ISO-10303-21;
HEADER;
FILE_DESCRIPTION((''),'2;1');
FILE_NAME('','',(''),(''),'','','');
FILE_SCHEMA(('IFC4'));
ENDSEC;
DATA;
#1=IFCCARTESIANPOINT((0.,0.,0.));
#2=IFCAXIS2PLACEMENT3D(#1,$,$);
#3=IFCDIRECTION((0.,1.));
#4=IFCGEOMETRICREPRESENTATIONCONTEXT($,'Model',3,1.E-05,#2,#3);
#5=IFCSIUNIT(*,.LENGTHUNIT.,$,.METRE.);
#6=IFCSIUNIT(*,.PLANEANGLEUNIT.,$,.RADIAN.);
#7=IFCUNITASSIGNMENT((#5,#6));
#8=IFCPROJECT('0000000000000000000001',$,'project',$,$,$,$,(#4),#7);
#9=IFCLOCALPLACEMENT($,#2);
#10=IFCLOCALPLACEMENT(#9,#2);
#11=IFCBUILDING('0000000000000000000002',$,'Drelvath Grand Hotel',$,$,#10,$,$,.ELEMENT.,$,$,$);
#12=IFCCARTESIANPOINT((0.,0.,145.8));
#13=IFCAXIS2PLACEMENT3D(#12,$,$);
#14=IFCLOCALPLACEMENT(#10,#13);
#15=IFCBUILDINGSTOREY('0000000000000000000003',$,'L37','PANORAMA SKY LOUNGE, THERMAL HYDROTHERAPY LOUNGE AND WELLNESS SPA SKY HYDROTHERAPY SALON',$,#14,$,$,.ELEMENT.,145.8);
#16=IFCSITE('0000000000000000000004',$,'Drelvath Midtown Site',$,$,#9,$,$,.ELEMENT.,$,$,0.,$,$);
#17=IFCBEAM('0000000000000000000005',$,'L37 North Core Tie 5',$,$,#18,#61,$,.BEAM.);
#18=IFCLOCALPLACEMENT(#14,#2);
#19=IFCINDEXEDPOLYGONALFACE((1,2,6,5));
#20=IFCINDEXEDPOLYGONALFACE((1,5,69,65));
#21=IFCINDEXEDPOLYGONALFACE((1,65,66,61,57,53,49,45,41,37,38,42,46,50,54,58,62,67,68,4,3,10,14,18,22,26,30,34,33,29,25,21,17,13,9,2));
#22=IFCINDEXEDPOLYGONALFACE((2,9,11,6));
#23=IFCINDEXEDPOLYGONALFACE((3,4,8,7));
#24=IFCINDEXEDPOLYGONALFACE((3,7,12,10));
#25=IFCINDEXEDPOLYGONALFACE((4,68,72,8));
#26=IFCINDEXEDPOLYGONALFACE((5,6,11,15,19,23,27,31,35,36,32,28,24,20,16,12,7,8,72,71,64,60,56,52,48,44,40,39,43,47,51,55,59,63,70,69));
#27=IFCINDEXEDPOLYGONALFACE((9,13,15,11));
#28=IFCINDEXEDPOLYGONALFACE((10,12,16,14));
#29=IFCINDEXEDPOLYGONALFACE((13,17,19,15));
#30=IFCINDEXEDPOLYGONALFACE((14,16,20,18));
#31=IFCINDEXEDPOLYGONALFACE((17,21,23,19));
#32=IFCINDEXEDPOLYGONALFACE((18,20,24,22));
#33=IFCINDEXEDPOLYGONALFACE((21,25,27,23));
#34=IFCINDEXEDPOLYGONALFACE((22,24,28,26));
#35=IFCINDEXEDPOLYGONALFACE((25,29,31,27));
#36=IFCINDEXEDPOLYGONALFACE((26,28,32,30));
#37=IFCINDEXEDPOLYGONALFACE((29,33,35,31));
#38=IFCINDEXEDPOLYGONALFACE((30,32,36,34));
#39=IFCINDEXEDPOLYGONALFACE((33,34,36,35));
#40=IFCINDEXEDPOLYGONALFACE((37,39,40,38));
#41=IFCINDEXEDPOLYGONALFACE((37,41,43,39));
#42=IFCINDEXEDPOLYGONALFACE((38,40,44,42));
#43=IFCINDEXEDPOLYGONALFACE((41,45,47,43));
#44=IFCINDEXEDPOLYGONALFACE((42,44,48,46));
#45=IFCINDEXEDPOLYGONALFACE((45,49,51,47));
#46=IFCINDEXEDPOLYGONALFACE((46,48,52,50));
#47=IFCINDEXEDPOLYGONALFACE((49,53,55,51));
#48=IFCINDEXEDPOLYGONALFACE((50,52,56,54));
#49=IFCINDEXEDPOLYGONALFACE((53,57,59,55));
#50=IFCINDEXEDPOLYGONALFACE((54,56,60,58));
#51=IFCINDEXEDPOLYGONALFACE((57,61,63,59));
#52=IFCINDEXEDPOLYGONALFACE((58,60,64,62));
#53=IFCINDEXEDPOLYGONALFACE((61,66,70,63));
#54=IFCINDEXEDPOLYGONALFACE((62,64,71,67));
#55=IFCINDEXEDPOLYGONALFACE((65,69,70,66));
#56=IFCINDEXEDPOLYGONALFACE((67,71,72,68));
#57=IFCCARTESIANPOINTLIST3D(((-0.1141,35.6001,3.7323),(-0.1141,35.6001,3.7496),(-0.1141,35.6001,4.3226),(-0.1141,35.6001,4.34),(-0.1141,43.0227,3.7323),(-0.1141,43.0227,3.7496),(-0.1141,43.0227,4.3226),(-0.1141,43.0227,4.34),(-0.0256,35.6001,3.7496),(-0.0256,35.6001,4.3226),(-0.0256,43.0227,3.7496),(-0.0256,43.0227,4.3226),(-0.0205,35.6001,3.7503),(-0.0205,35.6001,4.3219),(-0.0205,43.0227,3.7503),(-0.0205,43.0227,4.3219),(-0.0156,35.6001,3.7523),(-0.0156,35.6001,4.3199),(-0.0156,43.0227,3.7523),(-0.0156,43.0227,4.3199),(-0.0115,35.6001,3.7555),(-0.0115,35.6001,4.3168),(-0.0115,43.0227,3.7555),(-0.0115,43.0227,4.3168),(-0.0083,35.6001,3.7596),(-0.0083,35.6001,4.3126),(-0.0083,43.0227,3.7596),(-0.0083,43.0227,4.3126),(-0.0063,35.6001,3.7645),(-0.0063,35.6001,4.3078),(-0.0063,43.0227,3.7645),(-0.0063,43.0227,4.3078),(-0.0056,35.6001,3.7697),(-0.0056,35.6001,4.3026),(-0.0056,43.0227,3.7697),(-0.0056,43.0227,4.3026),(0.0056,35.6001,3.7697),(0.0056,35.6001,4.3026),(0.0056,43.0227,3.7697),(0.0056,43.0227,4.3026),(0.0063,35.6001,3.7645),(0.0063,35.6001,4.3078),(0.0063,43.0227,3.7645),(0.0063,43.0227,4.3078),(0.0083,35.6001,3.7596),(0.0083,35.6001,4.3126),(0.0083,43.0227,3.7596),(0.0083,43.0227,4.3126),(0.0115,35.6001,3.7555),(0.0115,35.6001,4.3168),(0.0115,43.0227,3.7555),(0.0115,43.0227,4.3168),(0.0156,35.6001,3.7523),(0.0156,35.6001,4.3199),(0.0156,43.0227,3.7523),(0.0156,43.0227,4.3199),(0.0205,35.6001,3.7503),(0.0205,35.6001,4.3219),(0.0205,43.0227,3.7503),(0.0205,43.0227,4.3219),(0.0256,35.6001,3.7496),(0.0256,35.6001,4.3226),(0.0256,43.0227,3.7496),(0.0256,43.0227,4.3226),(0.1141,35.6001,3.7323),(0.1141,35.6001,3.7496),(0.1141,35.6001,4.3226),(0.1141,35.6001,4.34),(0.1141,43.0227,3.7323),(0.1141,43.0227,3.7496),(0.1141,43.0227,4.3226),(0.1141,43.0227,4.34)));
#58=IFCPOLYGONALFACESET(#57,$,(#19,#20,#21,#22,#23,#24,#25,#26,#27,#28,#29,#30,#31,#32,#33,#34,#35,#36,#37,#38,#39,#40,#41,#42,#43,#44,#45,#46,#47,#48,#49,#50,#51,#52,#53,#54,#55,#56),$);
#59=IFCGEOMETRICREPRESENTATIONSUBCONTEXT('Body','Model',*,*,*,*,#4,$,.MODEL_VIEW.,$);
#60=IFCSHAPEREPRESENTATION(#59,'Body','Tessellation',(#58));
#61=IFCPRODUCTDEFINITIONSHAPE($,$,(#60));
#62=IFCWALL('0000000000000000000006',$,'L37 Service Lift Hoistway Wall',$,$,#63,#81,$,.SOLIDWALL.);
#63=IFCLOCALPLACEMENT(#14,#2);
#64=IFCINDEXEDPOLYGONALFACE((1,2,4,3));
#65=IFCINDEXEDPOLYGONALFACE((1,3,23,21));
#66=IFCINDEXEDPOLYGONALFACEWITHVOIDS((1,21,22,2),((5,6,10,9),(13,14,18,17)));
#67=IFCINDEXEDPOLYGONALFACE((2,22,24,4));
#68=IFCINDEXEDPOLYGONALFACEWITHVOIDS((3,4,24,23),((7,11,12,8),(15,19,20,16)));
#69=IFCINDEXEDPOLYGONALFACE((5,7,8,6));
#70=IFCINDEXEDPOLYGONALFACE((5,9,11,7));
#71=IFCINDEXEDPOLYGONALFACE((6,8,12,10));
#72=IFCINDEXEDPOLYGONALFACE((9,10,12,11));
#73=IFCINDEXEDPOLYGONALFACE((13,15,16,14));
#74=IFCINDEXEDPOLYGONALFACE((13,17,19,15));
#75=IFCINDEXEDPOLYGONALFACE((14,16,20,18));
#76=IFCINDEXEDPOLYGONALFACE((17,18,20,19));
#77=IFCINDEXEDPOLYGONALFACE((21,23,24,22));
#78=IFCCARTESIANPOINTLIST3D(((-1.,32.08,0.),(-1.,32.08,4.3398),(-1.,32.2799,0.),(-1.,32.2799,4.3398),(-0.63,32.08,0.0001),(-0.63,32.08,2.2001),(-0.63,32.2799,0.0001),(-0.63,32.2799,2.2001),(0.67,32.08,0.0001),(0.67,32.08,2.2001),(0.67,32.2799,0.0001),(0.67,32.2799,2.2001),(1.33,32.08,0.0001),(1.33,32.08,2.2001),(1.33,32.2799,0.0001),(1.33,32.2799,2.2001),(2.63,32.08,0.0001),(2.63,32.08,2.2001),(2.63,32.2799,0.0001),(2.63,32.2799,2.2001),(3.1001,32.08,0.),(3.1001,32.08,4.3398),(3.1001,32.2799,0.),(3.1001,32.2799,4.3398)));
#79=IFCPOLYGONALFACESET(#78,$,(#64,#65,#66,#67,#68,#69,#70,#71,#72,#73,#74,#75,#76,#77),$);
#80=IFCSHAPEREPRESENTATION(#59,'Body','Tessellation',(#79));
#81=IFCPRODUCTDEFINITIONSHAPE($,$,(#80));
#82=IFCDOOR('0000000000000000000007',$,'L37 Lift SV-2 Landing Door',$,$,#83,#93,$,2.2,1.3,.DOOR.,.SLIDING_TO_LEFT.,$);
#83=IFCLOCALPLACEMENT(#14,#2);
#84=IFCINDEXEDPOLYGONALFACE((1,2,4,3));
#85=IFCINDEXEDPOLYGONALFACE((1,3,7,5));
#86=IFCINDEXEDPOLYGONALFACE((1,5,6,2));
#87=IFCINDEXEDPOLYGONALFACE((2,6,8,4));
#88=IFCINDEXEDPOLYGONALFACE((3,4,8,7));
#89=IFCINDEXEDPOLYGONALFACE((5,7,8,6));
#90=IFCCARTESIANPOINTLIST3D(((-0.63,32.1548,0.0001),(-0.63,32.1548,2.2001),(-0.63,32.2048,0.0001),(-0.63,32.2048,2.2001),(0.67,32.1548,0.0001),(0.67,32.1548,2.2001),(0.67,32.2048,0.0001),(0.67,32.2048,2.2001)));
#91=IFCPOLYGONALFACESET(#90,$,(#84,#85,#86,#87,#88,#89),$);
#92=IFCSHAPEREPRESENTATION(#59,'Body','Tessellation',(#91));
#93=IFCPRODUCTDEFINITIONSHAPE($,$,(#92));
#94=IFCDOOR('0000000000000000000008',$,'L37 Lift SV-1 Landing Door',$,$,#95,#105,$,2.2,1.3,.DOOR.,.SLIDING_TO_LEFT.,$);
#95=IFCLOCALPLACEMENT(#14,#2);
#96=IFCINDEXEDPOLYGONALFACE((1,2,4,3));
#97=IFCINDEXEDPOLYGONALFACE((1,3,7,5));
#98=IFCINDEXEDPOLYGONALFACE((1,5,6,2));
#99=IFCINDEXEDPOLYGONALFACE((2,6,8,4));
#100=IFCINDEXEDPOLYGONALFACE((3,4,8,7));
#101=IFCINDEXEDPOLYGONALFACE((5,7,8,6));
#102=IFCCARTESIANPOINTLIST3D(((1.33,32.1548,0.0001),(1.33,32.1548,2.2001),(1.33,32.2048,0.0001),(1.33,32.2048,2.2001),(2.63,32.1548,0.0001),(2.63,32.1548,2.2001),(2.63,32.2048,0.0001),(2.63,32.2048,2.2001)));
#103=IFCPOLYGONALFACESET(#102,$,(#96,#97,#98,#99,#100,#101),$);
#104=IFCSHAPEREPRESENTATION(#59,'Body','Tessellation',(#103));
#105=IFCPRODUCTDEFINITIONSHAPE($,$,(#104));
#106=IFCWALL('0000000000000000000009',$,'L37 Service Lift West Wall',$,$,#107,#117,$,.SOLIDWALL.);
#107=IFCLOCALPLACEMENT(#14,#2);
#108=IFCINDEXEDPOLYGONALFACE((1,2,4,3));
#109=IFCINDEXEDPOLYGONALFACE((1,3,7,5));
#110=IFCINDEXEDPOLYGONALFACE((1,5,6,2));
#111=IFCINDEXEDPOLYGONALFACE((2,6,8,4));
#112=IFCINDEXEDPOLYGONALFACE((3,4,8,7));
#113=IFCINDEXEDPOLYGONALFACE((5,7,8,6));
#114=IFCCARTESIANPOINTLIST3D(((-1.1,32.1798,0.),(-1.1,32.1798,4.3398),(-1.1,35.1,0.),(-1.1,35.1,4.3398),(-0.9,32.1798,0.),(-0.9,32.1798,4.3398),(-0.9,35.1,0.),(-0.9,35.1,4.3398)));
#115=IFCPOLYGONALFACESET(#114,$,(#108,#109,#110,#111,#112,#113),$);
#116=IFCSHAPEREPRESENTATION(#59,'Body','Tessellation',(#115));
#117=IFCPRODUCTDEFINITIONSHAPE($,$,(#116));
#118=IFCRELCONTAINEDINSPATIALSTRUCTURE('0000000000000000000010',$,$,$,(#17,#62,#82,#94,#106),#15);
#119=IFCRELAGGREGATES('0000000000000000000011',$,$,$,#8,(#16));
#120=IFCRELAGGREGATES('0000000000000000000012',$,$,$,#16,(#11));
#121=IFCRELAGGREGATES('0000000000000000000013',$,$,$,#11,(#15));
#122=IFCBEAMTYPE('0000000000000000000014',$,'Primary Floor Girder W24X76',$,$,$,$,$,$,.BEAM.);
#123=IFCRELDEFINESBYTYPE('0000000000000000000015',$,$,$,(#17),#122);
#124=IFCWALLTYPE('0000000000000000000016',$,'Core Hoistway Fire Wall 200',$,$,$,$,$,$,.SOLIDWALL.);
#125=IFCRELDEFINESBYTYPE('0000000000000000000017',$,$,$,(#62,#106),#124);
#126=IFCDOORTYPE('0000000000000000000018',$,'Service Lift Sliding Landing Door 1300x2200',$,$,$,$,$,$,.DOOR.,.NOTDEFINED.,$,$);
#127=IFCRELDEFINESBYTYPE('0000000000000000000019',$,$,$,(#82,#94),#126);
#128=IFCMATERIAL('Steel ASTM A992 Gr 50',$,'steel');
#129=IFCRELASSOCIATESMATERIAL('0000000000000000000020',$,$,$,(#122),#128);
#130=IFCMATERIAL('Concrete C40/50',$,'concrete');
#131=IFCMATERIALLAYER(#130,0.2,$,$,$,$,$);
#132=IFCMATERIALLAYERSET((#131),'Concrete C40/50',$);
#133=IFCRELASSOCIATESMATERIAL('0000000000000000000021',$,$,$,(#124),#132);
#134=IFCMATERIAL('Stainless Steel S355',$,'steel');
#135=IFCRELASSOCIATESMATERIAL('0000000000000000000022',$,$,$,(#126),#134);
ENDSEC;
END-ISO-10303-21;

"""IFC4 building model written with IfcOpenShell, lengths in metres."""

from ifc_helpers import new_model, si_unit, direction, frame, frame_2d, origin, origin_2d, place, context, subcontext, project, spatial, rectangle, i_section, extrude, material, layer, layer_set, material_profile, profile_set, type_object, element, fill, save


model = new_model("IFC4")

# Units and contexts
model_context = context("Model", 3, precision=1e-05, world=origin(), true_north=direction((0.0, 1.0)))
body_context = subcontext(model_context, "Body", "Model", "MODEL_VIEW")
ifc_project = project(units=[si_unit("LENGTHUNIT", "METRE"), si_unit("PLANEANGLEUNIT", "RADIAN")], contexts=[model_context])

# Site, building, storey
site_placement = place(None, origin())
site = spatial("IfcSite", under=ifc_project, at=site_placement, Name="Drelvath Midtown Site", CompositionType="ELEMENT", RefElevation=0.0)
building_placement = place(site_placement, origin())
building = spatial("IfcBuilding", under=site, at=building_placement, Name="Drelvath Grand Hotel", CompositionType="ELEMENT")
storey_placement = place(building_placement, frame((0.0, 0.0, 145.8)))
storey = spatial("IfcBuildingStorey", under=building, at=storey_placement, Name="L37", Description="PANORAMA SKY LOUNGE, THERMAL HYDROTHERAPY LOUNGE AND WELLNESS SPA SKY HYDROTHERAPY SALON", CompositionType="ELEMENT", Elevation=145.8)

# Beam
ifc_material_1 = material(Name="Steel ASTM A992 Gr 50", Category="steel")
ifc_material_profile = material_profile(ifc_material_1, i_section(OverallWidth=0.2283, OverallDepth=0.6077, WebThickness=0.0112, FlangeThickness=0.0173, FilletRadius=0.02, at=origin_2d()), Name="W24X76")
ifc_profile_set = profile_set([ifc_material_profile], Name="Steel ASTM A992 Gr 50")
beam_type = type_object("IfcBeamType", Name="Primary Floor Girder W24X76", PredefinedType="BEAM", material=ifc_profile_set)
beam_placement = place(storey_placement, frame((0.0, 35.6001, 4.0361), z_axis=(0.0, 1.0, 0.0), x_axis=(-1.0, 0.0, 0.0)))
element("IfcBeam", 1, at=beam_placement, inside=storey, type_object=beam_type, Name="L37 North Core Tie 5", PredefinedType="BEAM", context=body_context, shape_type="SweptSolid", body=[
    extrude(i_section(OverallWidth=0.2283, OverallDepth=0.6077, WebThickness=0.0112, FlangeThickness=0.0173, FilletRadius=0.02, at=origin_2d()), origin(), (0.0, 0.0, 1.0), 7.4226),
])

# Wall, openings, doors
ifc_material_2 = material(Name="Concrete C40/50", Category="concrete")
ifc_layer_1 = layer(ifc_material_2, 0.2)
ifc_layer_set_1 = layer_set([ifc_layer_1], Name="Concrete C40/50")
wall_type_1 = type_object("IfcWallType", Name="Core Hoistway Fire Wall 200", PredefinedType="SOLIDWALL", material=ifc_layer_set_1)
wall_1_placement = place(storey_placement, frame((-1.0, 32.1799, 0.0), z_axis=(0.0, 0.0, 1.0), x_axis=(1.0, 0.0, 0.0)))
wall_1 = element("IfcWall", 2, at=wall_1_placement, inside=storey, type_object=wall_type_1, Name="L37 Service Lift Hoistway Wall", PredefinedType="SOLIDWALL", context=body_context, shape_type="SweptSolid", body=[
    extrude(rectangle(XDim=4.1001, YDim=0.2, at=frame_2d((2.05, 0.0))), origin(), (0.0, 0.0, 1.0), 4.3398),
])
opening_1_placement = place(wall_1_placement, frame((0.3701, 0.0, 0.0)))
opening_1 = element("IfcOpeningElement", 3, at=opening_1_placement, cuts=wall_1, PredefinedType="OPENING", context=body_context, shape_type="SweptSolid", body=[
    extrude(rectangle(XDim=1.3, YDim=2.2, at=frame_2d((0.6499, 1.1001))), frame((0.0, 0.1099, 0.0), z_axis=(0.0, -1.0, 0.0), x_axis=(1.0, 0.0, 0.0)), (0.0, 0.0, 1.0), 0.22),
])
opening_2_placement = place(wall_1_placement, frame((2.3301, 0.0, 0.0)))
opening_2 = element("IfcOpeningElement", 4, at=opening_2_placement, cuts=wall_1, PredefinedType="OPENING", context=body_context, shape_type="SweptSolid", body=[
    extrude(rectangle(XDim=1.3, YDim=2.2, at=frame_2d((0.6499, 1.1001))), frame((0.0, 0.1099, 0.0), z_axis=(0.0, -1.0, 0.0), x_axis=(1.0, 0.0, 0.0)), (0.0, 0.0, 1.0), 0.22),
])
ifc_material_3 = material(Name="Stainless Steel S355", Category="steel")
door_type_1 = type_object("IfcDoorType", Name="Service Lift Sliding Landing Door 1300x2200", OperationType="NOTDEFINED", PredefinedType="DOOR", material=ifc_material_3)
door_1_placement = place(opening_1_placement, origin())
door_1 = element("IfcDoor", 5, at=door_1_placement, inside=storey, type_object=door_type_1, Name="L37 Lift SV-2 Landing Door", OperationType="SLIDING_TO_LEFT", OverallHeight=2.2, OverallWidth=1.3, PredefinedType="DOOR", context=body_context, shape_type="SweptSolid", body=[
    extrude(rectangle(XDim=1.3, YDim=2.2, at=frame_2d((0.6499, 1.1001))), frame((0.0, 0.0249, 0.0), z_axis=(0.0, -1.0, 0.0), x_axis=(1.0, 0.0, 0.0)), (0.0, 0.0, 1.0), 0.05),
])
fill(opening_1, door_1)
door_2_placement = place(opening_2_placement, origin())
door_2 = element("IfcDoor", 6, at=door_2_placement, inside=storey, type_object=door_type_1, Name="L37 Lift SV-1 Landing Door", OperationType="SLIDING_TO_LEFT", OverallHeight=2.2, OverallWidth=1.3, PredefinedType="DOOR", context=body_context, shape_type="SweptSolid", body=[
    extrude(rectangle(XDim=1.3, YDim=2.2, at=frame_2d((0.6499, 1.1001))), frame((0.0, 0.0249, 0.0), z_axis=(0.0, -1.0, 0.0), x_axis=(1.0, 0.0, 0.0)), (0.0, 0.0, 1.0), 0.05),
])
fill(opening_2, door_2)

# Wall
wall_2_placement = place(storey_placement, frame((-1.0, 32.1799, 0.0), z_axis=(0.0, 0.0, 1.0), x_axis=(0.0, 1.0, 0.0)))
element("IfcWall", 7, at=wall_2_placement, inside=storey, type_object=wall_type_1, Name="L37 Service Lift West Wall", PredefinedType="SOLIDWALL", context=body_context, shape_type="SweptSolid", body=[
    extrude(rectangle(XDim=2.9202, YDim=0.2, at=frame_2d((1.46, 0.0))), origin(), (0.0, 0.0, 1.0), 4.3398),
])

save(model, "model.ifc")
